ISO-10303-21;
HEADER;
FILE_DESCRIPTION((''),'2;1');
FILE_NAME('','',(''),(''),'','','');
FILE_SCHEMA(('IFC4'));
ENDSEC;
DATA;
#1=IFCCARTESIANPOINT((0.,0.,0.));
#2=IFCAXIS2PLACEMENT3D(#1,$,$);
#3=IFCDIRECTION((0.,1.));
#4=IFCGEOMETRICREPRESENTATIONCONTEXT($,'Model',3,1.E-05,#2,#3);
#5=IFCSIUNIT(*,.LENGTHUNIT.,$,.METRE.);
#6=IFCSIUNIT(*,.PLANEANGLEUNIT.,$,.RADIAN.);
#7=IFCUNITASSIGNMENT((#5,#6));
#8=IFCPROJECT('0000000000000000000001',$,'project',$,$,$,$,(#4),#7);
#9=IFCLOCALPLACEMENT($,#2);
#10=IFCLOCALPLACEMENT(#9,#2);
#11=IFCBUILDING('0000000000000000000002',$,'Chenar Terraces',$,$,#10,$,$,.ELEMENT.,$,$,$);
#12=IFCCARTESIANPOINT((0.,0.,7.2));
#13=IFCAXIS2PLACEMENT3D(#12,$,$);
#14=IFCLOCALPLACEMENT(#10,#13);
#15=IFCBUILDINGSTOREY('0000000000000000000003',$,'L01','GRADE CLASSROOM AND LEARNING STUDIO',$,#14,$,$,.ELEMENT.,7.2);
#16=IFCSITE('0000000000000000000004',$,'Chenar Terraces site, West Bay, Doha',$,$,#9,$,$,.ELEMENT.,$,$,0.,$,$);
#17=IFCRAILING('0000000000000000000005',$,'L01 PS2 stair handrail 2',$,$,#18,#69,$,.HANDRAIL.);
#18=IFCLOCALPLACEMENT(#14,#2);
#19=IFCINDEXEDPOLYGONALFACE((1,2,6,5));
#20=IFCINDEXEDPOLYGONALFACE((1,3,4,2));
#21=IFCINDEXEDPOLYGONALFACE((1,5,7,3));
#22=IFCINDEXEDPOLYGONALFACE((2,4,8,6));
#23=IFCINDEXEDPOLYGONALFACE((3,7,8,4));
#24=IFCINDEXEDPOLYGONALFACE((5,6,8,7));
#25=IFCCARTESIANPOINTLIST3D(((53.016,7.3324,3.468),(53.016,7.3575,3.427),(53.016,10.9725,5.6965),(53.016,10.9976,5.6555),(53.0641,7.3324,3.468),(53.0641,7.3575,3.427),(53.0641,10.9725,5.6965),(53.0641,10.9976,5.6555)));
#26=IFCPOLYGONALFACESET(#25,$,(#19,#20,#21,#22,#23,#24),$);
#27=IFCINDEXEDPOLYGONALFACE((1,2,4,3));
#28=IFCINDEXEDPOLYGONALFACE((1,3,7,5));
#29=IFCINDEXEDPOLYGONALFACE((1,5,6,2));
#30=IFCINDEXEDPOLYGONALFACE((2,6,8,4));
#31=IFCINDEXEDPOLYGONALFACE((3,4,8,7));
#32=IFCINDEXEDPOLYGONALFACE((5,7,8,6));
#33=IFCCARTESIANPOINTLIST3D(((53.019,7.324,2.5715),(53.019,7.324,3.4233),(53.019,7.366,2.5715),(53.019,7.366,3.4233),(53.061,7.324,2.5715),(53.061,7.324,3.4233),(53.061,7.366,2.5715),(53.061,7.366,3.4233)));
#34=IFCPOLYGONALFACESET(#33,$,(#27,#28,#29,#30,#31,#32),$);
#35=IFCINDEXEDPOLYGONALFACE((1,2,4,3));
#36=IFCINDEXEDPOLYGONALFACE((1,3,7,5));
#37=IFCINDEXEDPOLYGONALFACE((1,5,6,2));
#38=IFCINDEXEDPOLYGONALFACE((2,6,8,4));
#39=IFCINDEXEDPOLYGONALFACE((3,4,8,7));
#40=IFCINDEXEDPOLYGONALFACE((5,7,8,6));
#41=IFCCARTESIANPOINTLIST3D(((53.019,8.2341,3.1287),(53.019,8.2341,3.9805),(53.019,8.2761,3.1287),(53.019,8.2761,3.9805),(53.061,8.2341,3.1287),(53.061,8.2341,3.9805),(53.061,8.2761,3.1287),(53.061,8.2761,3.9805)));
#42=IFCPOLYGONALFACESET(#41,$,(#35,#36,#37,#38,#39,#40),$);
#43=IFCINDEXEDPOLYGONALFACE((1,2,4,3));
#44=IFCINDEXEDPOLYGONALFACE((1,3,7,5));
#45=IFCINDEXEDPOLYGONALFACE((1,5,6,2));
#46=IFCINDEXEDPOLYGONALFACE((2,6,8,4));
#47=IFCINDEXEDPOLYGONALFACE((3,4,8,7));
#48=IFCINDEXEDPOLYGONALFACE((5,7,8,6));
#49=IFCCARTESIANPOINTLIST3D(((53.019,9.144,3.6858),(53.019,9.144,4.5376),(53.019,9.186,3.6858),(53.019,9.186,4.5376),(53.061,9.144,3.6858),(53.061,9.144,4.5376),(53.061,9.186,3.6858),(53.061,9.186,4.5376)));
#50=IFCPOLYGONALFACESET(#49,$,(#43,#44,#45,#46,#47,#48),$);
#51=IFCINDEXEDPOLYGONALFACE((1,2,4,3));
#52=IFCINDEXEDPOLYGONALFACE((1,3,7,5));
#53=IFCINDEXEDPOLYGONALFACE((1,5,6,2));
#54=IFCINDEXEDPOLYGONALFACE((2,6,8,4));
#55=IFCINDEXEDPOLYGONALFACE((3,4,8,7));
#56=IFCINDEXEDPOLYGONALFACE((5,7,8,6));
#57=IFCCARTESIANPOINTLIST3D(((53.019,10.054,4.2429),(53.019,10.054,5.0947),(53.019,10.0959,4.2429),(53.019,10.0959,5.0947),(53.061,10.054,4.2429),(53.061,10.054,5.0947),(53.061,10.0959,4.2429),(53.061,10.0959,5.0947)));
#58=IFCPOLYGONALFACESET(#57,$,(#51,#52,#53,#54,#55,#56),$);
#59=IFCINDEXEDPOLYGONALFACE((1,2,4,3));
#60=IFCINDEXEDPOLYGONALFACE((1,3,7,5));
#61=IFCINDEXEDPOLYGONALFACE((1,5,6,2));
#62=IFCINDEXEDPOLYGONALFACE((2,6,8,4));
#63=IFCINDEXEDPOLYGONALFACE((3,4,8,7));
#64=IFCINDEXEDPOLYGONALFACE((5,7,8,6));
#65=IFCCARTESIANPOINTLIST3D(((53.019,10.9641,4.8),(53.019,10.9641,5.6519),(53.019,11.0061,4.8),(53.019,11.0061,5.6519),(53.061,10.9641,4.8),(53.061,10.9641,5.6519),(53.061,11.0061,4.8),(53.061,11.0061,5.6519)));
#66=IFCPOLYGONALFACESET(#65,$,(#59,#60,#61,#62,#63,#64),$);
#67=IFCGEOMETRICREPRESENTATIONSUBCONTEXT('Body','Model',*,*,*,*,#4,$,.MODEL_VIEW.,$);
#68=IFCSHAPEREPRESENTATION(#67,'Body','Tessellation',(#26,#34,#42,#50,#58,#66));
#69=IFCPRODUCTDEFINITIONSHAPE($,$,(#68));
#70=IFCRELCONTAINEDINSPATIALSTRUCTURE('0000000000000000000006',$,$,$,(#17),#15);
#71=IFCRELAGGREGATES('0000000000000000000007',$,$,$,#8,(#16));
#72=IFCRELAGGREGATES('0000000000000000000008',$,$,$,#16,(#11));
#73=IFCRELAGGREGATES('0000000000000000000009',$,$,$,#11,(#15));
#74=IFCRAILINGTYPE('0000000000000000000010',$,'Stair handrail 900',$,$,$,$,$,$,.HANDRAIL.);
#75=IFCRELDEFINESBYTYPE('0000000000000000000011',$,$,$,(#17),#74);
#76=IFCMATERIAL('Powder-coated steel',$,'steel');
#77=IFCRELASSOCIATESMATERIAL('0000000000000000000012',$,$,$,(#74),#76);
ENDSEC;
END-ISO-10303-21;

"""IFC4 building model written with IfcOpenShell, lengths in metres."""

from ifc_helpers import new_model, si_unit, direction, frame, origin, origin_2d, place, context, subcontext, project, spatial, rectangle, extrude, material, type_object, element, save


model = new_model("IFC4")

# Units and contexts
model_context = context("Model", 3, precision=1e-05, world=origin(), true_north=direction((0.0, 1.0)))
body_context = subcontext(model_context, "Body", "Model", "MODEL_VIEW")
ifc_project = project(units=[si_unit("LENGTHUNIT", "METRE"), si_unit("PLANEANGLEUNIT", "RADIAN")], contexts=[model_context])

# Site, building, storey
site_placement = place(None, origin())
site = spatial("IfcSite", under=ifc_project, at=site_placement, Name="Chenar Terraces site, West Bay, Doha", CompositionType="ELEMENT", RefElevation=0.0)
building_placement = place(site_placement, origin())
building = spatial("IfcBuilding", under=site, at=building_placement, Name="Chenar Terraces", CompositionType="ELEMENT")
storey_placement = place(building_placement, frame((0.0, 0.0, 7.2)))
storey = spatial("IfcBuildingStorey", under=building, at=storey_placement, Name="L01", Description="GRADE CLASSROOM AND LEARNING STUDIO", CompositionType="ELEMENT", Elevation=7.2)

# Railing
ifc_material_1 = material(Name="Powder-coated steel", Category="steel")
railing_type_1 = type_object("IfcRailingType", Name="Stair handrail 900", PredefinedType="HANDRAIL", material=ifc_material_1)
railing_1_placement = place(storey_placement, frame((53.04, 7.345, 2.5715)))
element("IfcRailing", 1, at=railing_1_placement, inside=storey, type_object=railing_type_1, Name="L01 PS2 stair handrail 2", PredefinedType="HANDRAIL", context=body_context, shape_type="SweptSolid", body=[
    extrude(rectangle(XDim=0.0481, YDim=0.0481, at=origin_2d()), frame((0.0, 0.0, 0.876), z_axis=(0.0, 0.852866, 0.52213), x_axis=(-1.0, 0.0, 0.0)), (0.0, 0.0, 1.0), 4.2681),
    extrude(rectangle(XDim=0.042, YDim=0.042, at=origin_2d()), origin(), (0.0, 0.0, 1.0), 0.8518),
    extrude(rectangle(XDim=0.042, YDim=0.042, at=origin_2d()), frame((0.0, 0.9102, 0.5571)), (0.0, 0.0, 1.0), 0.8518),
    extrude(rectangle(XDim=0.042, YDim=0.042, at=origin_2d()), frame((0.0, 1.8201, 1.1143)), (0.0, 0.0, 1.0), 0.8518),
    extrude(rectangle(XDim=0.042, YDim=0.042, at=origin_2d()), frame((0.0, 2.73, 1.6714)), (0.0, 0.0, 1.0), 0.8518),
    extrude(rectangle(XDim=0.042, YDim=0.042, at=origin_2d()), frame((0.0, 3.6401, 2.2285)), (0.0, 0.0, 1.0), 0.8518),
])

save(model, "model.ifc")
